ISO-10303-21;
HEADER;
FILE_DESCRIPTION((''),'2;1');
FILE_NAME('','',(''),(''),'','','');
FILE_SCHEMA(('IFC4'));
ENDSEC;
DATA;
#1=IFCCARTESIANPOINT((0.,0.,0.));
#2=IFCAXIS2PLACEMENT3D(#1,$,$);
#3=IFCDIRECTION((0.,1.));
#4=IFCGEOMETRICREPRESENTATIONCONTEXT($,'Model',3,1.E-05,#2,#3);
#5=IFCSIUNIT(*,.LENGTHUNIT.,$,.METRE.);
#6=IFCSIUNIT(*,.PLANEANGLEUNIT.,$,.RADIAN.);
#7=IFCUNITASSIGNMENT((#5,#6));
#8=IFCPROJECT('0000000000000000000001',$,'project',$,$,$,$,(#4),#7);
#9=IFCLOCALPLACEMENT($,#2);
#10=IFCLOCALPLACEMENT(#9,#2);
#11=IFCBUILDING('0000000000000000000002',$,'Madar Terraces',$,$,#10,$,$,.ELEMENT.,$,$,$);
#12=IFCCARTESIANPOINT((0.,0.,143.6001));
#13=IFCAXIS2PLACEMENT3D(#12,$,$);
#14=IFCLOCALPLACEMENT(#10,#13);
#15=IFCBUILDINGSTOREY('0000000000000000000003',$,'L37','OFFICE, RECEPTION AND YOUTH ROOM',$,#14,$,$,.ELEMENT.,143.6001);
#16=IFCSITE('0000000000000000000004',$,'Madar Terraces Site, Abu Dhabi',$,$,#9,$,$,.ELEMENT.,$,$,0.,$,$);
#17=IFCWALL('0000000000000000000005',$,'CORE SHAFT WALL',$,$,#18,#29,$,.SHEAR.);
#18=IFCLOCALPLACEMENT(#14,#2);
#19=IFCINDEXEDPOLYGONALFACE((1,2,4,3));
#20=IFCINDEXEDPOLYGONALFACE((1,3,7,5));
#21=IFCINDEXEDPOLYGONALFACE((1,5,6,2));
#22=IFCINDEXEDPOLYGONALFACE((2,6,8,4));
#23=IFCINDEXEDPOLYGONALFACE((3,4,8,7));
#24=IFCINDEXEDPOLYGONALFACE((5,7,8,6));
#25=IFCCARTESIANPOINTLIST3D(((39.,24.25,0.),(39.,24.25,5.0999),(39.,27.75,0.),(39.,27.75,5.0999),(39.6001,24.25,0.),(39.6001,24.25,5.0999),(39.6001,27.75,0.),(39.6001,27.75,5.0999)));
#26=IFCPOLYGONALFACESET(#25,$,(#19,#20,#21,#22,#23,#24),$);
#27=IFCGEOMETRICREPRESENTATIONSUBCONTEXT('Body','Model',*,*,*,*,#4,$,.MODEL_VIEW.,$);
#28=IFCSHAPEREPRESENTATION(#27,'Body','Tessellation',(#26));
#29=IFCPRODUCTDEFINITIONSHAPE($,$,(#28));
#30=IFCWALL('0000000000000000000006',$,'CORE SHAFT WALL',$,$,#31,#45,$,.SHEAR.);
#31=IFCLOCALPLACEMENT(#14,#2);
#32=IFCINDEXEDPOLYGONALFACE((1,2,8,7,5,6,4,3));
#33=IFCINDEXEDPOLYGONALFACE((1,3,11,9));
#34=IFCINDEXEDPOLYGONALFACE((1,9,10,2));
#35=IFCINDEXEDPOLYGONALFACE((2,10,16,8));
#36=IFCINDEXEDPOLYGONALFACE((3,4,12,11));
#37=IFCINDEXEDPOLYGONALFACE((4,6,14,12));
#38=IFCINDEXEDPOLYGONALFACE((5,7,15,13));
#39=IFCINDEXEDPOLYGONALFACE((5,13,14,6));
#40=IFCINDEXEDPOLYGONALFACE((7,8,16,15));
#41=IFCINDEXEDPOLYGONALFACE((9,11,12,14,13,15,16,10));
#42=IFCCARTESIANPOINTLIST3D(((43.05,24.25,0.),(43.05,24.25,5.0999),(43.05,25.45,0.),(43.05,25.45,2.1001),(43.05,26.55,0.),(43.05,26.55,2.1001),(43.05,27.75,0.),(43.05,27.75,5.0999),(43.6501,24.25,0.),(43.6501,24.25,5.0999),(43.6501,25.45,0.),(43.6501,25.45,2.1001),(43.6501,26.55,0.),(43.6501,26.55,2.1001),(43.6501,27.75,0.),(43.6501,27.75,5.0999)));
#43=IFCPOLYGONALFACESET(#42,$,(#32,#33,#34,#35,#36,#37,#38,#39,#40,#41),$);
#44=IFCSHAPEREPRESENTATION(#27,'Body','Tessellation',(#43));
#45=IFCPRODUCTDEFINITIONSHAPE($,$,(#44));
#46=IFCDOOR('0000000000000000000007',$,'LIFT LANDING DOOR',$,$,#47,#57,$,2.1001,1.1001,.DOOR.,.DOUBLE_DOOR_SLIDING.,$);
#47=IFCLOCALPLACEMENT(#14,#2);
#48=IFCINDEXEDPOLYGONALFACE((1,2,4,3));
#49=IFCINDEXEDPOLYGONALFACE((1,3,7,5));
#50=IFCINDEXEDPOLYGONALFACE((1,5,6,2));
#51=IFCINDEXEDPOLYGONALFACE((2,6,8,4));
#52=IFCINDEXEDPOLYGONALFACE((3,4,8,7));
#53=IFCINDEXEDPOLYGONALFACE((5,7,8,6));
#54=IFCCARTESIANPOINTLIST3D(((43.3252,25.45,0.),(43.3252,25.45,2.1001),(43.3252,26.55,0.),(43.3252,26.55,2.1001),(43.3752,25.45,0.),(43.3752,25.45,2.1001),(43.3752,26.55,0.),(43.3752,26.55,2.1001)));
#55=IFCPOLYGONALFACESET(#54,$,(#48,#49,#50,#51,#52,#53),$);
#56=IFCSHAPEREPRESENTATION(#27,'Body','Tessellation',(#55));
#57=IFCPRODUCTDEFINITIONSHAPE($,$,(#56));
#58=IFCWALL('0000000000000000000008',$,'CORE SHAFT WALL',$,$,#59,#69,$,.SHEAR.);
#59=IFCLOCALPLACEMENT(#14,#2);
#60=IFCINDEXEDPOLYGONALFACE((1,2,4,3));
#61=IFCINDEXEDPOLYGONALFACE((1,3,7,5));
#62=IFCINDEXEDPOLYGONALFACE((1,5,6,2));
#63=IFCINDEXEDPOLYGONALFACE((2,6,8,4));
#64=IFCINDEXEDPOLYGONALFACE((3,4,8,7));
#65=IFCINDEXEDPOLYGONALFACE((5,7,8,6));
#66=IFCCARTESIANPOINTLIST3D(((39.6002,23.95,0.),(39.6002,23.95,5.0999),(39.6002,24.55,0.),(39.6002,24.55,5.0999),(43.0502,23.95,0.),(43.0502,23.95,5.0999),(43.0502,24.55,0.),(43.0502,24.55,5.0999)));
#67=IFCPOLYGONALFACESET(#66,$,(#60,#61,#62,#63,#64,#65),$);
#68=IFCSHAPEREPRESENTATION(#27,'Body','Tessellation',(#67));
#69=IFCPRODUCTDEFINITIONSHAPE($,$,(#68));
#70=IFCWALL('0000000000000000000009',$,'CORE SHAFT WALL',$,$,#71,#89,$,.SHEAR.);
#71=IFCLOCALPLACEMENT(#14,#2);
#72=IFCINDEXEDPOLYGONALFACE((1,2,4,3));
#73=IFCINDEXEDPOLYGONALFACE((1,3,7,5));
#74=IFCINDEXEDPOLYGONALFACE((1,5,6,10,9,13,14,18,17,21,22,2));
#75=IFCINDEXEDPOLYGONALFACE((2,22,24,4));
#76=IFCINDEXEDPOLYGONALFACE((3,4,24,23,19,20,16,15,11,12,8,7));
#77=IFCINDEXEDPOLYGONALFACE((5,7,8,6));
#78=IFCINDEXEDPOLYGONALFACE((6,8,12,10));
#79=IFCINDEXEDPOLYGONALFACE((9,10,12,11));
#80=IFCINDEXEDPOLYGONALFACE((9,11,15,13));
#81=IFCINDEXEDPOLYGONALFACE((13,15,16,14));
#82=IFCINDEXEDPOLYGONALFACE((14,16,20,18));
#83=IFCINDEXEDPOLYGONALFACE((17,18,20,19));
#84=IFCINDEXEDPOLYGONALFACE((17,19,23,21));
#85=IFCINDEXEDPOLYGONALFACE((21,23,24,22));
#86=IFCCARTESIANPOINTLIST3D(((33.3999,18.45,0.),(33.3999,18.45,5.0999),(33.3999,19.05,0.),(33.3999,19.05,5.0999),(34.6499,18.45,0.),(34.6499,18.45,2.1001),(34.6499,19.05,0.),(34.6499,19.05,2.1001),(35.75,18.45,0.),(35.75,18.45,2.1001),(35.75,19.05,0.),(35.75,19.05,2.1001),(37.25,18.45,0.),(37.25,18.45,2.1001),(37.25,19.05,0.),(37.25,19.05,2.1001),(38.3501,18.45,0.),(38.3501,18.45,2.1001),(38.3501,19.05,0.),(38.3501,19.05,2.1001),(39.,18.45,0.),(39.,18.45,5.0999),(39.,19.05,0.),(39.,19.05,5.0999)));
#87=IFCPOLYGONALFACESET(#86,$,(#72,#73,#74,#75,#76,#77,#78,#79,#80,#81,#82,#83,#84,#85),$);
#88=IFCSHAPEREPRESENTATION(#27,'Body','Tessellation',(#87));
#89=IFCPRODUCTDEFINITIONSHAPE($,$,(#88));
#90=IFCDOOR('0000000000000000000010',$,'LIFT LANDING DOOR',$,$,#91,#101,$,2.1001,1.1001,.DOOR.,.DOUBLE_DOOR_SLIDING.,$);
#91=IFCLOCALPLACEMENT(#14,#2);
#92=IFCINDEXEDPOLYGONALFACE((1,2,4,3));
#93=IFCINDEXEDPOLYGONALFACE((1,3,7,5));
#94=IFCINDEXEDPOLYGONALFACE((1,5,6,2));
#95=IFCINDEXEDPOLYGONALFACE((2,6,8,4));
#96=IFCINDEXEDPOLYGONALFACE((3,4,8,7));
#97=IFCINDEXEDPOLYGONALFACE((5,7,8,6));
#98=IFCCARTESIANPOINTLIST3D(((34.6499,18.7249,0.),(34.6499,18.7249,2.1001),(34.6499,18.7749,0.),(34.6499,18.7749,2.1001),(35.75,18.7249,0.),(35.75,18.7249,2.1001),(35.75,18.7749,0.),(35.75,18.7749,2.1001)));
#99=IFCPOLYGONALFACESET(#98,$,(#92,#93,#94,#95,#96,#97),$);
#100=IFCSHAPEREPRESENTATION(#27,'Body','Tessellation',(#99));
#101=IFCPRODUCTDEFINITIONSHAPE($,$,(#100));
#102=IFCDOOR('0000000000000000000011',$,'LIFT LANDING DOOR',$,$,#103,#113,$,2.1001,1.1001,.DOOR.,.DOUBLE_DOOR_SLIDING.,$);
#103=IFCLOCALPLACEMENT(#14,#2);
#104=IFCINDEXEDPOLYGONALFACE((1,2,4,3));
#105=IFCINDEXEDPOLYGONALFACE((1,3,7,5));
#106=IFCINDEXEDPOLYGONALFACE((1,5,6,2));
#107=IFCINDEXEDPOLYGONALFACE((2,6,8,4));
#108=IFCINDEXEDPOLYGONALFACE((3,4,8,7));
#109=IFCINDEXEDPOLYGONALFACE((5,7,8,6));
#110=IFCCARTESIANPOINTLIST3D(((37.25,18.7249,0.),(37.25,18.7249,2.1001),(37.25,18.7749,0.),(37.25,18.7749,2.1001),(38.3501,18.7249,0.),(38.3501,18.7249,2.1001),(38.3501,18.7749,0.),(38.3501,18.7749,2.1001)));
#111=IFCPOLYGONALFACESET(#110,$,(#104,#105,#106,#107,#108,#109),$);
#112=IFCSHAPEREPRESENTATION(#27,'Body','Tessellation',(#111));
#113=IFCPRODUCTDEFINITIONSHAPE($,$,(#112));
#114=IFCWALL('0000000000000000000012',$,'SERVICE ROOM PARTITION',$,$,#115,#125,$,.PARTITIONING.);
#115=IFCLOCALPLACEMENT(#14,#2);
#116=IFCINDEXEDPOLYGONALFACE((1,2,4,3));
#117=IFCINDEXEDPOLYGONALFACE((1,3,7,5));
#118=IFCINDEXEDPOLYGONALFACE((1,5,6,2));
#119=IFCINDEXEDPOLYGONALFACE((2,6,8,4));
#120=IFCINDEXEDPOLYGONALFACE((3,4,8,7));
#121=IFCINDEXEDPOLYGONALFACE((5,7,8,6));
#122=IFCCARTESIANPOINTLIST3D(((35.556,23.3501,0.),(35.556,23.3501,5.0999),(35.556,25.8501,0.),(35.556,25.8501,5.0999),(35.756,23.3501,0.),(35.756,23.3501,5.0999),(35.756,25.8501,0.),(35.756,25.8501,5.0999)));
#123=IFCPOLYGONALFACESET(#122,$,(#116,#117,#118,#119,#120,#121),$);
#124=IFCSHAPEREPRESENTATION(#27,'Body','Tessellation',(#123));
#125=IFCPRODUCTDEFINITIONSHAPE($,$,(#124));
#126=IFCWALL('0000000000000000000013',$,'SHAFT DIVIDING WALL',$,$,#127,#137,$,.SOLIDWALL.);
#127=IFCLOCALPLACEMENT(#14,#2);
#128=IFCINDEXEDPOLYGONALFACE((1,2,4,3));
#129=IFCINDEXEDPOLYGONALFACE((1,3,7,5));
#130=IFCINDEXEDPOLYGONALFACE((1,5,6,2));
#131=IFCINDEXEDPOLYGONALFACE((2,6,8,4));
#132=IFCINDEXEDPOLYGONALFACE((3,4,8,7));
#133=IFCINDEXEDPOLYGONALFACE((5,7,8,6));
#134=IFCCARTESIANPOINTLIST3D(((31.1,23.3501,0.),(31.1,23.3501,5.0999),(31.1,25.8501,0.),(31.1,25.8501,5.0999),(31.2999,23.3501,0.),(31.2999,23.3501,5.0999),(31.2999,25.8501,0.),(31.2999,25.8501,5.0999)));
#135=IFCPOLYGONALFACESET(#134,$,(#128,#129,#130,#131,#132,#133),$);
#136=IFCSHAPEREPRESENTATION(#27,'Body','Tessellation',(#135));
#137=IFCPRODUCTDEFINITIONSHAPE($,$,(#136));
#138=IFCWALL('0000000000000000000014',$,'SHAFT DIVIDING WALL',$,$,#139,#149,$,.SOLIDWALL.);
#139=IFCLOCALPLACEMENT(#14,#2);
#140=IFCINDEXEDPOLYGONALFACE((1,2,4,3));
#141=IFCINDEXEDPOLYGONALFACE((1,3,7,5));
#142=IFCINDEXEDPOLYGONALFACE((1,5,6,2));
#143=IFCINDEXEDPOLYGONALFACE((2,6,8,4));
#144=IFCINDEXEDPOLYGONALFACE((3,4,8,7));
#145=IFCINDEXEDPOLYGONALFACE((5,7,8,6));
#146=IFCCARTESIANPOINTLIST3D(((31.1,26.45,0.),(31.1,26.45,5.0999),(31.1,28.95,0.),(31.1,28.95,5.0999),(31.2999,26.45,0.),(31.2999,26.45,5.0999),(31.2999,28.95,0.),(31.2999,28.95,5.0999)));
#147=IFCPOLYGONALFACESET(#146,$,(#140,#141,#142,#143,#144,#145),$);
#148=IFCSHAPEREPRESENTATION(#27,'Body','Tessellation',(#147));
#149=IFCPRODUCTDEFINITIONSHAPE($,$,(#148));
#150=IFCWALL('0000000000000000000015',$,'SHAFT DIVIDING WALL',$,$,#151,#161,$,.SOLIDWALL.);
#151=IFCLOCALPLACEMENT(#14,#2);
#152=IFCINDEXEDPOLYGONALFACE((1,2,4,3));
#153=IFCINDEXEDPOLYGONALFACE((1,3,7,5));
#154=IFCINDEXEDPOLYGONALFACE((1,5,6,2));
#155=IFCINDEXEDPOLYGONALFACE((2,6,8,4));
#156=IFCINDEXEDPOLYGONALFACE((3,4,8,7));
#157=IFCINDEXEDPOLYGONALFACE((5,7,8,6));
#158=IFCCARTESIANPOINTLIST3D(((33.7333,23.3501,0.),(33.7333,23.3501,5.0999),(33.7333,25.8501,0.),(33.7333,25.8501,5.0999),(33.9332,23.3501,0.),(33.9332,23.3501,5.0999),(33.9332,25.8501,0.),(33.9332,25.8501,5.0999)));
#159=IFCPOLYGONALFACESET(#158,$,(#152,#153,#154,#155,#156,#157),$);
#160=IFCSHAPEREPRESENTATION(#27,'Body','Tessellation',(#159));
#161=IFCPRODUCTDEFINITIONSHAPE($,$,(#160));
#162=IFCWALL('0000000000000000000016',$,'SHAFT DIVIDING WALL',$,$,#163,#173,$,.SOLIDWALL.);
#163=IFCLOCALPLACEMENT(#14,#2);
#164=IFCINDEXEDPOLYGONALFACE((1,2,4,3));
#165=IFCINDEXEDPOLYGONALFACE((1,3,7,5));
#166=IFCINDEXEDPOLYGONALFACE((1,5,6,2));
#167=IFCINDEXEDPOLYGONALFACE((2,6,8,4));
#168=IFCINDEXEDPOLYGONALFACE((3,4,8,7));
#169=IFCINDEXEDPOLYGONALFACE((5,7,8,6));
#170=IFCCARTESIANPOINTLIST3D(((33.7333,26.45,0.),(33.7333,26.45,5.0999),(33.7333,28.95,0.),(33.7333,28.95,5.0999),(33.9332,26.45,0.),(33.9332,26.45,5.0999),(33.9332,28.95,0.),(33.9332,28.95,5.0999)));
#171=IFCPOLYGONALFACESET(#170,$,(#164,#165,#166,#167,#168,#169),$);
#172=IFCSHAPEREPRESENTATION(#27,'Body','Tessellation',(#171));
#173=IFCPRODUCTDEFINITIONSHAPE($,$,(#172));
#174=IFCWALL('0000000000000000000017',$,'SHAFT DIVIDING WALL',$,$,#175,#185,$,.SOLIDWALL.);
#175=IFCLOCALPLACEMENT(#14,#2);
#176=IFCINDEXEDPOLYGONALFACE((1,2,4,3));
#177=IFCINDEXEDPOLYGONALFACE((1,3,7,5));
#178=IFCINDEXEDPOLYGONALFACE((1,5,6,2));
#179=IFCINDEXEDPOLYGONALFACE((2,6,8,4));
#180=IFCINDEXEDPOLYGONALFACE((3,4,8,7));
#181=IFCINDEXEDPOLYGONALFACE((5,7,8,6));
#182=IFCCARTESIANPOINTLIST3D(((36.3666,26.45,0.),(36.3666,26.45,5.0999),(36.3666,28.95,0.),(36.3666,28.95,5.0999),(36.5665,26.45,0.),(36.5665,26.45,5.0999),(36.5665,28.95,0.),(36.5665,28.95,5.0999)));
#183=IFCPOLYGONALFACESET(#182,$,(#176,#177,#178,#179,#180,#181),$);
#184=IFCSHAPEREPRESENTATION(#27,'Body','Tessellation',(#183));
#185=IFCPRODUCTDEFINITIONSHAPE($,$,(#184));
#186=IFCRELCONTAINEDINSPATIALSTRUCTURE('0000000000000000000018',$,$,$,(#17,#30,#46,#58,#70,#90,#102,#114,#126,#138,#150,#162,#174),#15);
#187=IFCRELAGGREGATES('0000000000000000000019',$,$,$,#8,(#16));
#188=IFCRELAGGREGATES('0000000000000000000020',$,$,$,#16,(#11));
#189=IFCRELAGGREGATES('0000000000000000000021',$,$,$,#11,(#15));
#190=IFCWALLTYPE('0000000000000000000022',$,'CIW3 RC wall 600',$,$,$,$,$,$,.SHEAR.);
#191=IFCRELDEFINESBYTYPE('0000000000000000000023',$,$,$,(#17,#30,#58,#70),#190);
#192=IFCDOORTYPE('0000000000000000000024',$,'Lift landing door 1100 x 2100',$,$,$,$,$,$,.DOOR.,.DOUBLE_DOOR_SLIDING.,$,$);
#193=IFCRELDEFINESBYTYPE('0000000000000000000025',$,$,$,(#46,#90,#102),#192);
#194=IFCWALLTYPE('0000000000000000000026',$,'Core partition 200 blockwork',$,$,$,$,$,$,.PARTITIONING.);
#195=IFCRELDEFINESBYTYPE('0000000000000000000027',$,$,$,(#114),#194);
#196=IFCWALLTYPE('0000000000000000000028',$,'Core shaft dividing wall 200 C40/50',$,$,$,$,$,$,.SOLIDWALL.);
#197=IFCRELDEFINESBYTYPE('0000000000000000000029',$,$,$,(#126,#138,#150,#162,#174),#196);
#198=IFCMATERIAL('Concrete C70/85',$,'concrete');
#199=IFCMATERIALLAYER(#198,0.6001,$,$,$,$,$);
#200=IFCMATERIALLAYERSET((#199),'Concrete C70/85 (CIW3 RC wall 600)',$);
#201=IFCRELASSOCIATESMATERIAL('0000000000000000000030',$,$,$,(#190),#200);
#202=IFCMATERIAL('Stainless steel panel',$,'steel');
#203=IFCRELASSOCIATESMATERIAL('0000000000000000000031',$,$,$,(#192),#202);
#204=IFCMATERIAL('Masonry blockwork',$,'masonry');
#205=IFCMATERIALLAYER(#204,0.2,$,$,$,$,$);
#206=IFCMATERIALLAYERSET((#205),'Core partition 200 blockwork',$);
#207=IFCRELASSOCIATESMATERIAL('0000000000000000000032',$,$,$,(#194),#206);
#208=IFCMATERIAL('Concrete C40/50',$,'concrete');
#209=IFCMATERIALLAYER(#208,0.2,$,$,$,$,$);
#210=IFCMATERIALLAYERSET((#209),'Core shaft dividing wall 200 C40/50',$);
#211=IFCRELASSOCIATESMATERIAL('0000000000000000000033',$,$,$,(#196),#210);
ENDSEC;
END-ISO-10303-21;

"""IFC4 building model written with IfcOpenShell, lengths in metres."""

from ifc_helpers import new_model, si_unit, direction, frame, frame_2d, origin, place, context, subcontext, project, spatial, rectangle, extrude, material, layer, layer_set, type_object, element, fill, save


model = new_model("IFC4")

# Units and contexts
model_context = context("Model", 3, precision=1e-05, world=origin(), true_north=direction((0.0, 1.0)))
body_context = subcontext(model_context, "Body", "Model", "MODEL_VIEW")
ifc_project = project(units=[si_unit("LENGTHUNIT", "METRE"), si_unit("PLANEANGLEUNIT", "RADIAN")], contexts=[model_context])

# Site, building, storey
site_placement = place(None, origin())
site = spatial("IfcSite", under=ifc_project, at=site_placement, Name="Madar Terraces Site, Abu Dhabi", CompositionType="ELEMENT", RefElevation=0.0)
building_placement = place(site_placement, origin())
building = spatial("IfcBuilding", under=site, at=building_placement, Name="Madar Terraces", CompositionType="ELEMENT")
storey_placement = place(building_placement, frame((0.0, 0.0, 143.6001)))
storey = spatial("IfcBuildingStorey", under=building, at=storey_placement, Name="L37", Description="OFFICE, RECEPTION AND YOUTH ROOM", CompositionType="ELEMENT", Elevation=143.6001)

# Wall
ifc_material_1 = material(Name="Concrete C70/85", Category="concrete")
ifc_layer_1 = layer(ifc_material_1, 0.6001)
ifc_layer_set_1 = layer_set([ifc_layer_1], Name="Concrete C70/85 (CIW3 RC wall 600)")
wall_type_1 = type_object("IfcWallType", Name="CIW3 RC wall 600", PredefinedType="SHEAR", material=ifc_layer_set_1)
wall_1_placement = place(storey_placement, frame((39.3, 24.25, 0.0), z_axis=(0.0, 0.0, 1.0), x_axis=(0.0, 1.0, 0.0)))
element("IfcWall", 1, at=wall_1_placement, inside=storey, type_object=wall_type_1, Name="CORE SHAFT WALL", PredefinedType="SHEAR", context=body_context, shape_type="SweptSolid", body=[
    extrude(rectangle(XDim=3.5, YDim=0.6001, at=frame_2d((1.75, 0.0))), origin(), (0.0, 0.0, 1.0), 5.0999),
])

# Wall, opening, door
wall_2_placement = place(storey_placement, frame((43.3501, 24.25, 0.0), z_axis=(0.0, 0.0, 1.0), x_axis=(0.0, 1.0, 0.0)))
wall_2 = element("IfcWall", 2, at=wall_2_placement, inside=storey, type_object=wall_type_1, Name="CORE SHAFT WALL", PredefinedType="SHEAR", context=body_context, shape_type="SweptSolid", body=[
    extrude(rectangle(XDim=3.5, YDim=0.6001, at=frame_2d((1.75, 0.0))), origin(), (0.0, 0.0, 1.0), 5.0999),
])
opening_1_placement = place(wall_2_placement, frame((1.2, 0.0, 0.0)))
opening_1 = element("IfcOpeningElement", 3, at=opening_1_placement, cuts=wall_2, PredefinedType="OPENING", context=body_context, shape_type="SweptSolid", body=[
    extrude(rectangle(XDim=1.1001, YDim=2.1001, at=frame_2d((0.55, 1.05))), frame((0.0, 0.3101, 0.0), z_axis=(0.0, -1.0, 0.0), x_axis=(1.0, 0.0, 0.0)), (0.0, 0.0, 1.0), 0.6201),
])
ifc_material_2 = material(Name="Stainless steel panel", Category="steel")
door_type = type_object("IfcDoorType", Name="Lift landing door 1100 x 2100", OperationType="DOUBLE_DOOR_SLIDING", PredefinedType="DOOR", material=ifc_material_2)
door_1_placement = place(opening_1_placement, origin())
door_1 = element("IfcDoor", 4, at=door_1_placement, inside=storey, type_object=door_type, Name="LIFT LANDING DOOR", OperationType="DOUBLE_DOOR_SLIDING", OverallHeight=2.1001, OverallWidth=1.1001, PredefinedType="DOOR", context=body_context, shape_type="SweptSolid", body=[
    extrude(rectangle(XDim=1.1001, YDim=2.1001, at=frame_2d((0.55, 1.05))), frame((0.0, 0.0249, 0.0), z_axis=(0.0, -1.0, 0.0), x_axis=(1.0, 0.0, 0.0)), (0.0, 0.0, 1.0), 0.05),
])
fill(opening_1, door_1)

# Wall
wall_3_placement = place(storey_placement, frame((39.6001, 24.25, 0.0), z_axis=(0.0, 0.0, 1.0), x_axis=(1.0, 0.0, 0.0)))
element("IfcWall", 5, at=wall_3_placement, inside=storey, type_object=wall_type_1, Name="CORE SHAFT WALL", PredefinedType="SHEAR", context=body_context, shape_type="SweptSolid", body=[
    extrude(rectangle(XDim=3.45, YDim=0.6001, at=frame_2d((1.7251, 0.0))), origin(), (0.0, 0.0, 1.0), 5.0999),
])

# Wall, openings, doors
wall_4_placement = place(storey_placement, frame((33.3999, 18.75, 0.0), z_axis=(0.0, 0.0, 1.0), x_axis=(1.0, 0.0, 0.0)))
wall_4 = element("IfcWall", 6, at=wall_4_placement, inside=storey, type_object=wall_type_1, Name="CORE SHAFT WALL", PredefinedType="SHEAR", context=body_context, shape_type="SweptSolid", body=[
    extrude(rectangle(XDim=5.6001, YDim=0.6001, at=frame_2d((2.8, 0.0))), origin(), (0.0, 0.0, 1.0), 5.0999),
])
opening_2_placement = place(wall_4_placement, frame((1.25, 0.0, 0.0)))
opening_2 = element("IfcOpeningElement", 7, at=opening_2_placement, cuts=wall_4, PredefinedType="OPENING", context=body_context, shape_type="SweptSolid", body=[
    extrude(rectangle(XDim=1.1001, YDim=2.1001, at=frame_2d((0.55, 1.05))), frame((0.0, 0.3101, 0.0), z_axis=(0.0, -1.0, 0.0), x_axis=(1.0, 0.0, 0.0)), (0.0, 0.0, 1.0), 0.6201),
])
opening_3_placement = place(wall_4_placement, frame((3.8501, 0.0, 0.0)))
opening_3 = element("IfcOpeningElement", 8, at=opening_3_placement, cuts=wall_4, PredefinedType="OPENING", context=body_context, shape_type="SweptSolid", body=[
    extrude(rectangle(XDim=1.1001, YDim=2.1001, at=frame_2d((0.55, 1.05))), frame((0.0, 0.3101, 0.0), z_axis=(0.0, -1.0, 0.0), x_axis=(1.0, 0.0, 0.0)), (0.0, 0.0, 1.0), 0.6201),
])
door_2_placement = place(opening_2_placement, origin())
door_2 = element("IfcDoor", 9, at=door_2_placement, inside=storey, type_object=door_type, Name="LIFT LANDING DOOR", OperationType="DOUBLE_DOOR_SLIDING", OverallHeight=2.1001, OverallWidth=1.1001, PredefinedType="DOOR", context=body_context, shape_type="SweptSolid", body=[
    extrude(rectangle(XDim=1.1001, YDim=2.1001, at=frame_2d((0.55, 1.05))), frame((0.0, 0.0249, 0.0), z_axis=(0.0, -1.0, 0.0), x_axis=(1.0, 0.0, 0.0)), (0.0, 0.0, 1.0), 0.05),
])
fill(opening_2, door_2)
door_3_placement = place(opening_3_placement, origin())
door_3 = element("IfcDoor", 10, at=door_3_placement, inside=storey, type_object=door_type, Name="LIFT LANDING DOOR", OperationType="DOUBLE_DOOR_SLIDING", OverallHeight=2.1001, OverallWidth=1.1001, PredefinedType="DOOR", context=body_context, shape_type="SweptSolid", body=[
    extrude(rectangle(XDim=1.1001, YDim=2.1001, at=frame_2d((0.55, 1.05))), frame((0.0, 0.0249, 0.0), z_axis=(0.0, -1.0, 0.0), x_axis=(1.0, 0.0, 0.0)), (0.0, 0.0, 1.0), 0.05),
])
fill(opening_3, door_3)

# Walls
ifc_material_3 = material(Name="Masonry blockwork", Category="masonry")
ifc_layer_2 = layer(ifc_material_3, 0.2)
ifc_layer_set_2 = layer_set([ifc_layer_2], Name="Core partition 200 blockwork")
wall_type_2 = type_object("IfcWallType", Name="Core partition 200 blockwork", PredefinedType="PARTITIONING", material=ifc_layer_set_2)
wall_5_placement = place(storey_placement, frame((35.656, 23.3501, 0.0), z_axis=(0.0, 0.0, 1.0), x_axis=(0.0, 1.0, 0.0)))
element("IfcWall", 11, at=wall_5_placement, inside=storey, type_object=wall_type_2, Name="SERVICE ROOM PARTITION", PredefinedType="PARTITIONING", context=body_context, shape_type="SweptSolid", body=[
    extrude(rectangle(XDim=2.5, YDim=0.2, at=frame_2d((1.25, 0.0))), origin(), (0.0, 0.0, 1.0), 5.0999),
])
ifc_material_4 = material(Name="Concrete C40/50", Category="concrete")
ifc_layer_3 = layer(ifc_material_4, 0.2)
ifc_layer_set_3 = layer_set([ifc_layer_3], Name="Core shaft dividing wall 200 C40/50")
wall_type_3 = type_object("IfcWallType", Name="Core shaft dividing wall 200 C40/50", PredefinedType="SOLIDWALL", material=ifc_layer_set_3)
for number, where, z_axis, x_axis, name in (
    (12, (31.2, 23.3501, 0.0), (0.0, 0.0, 1.0), (0.0, 1.0, 0.0), "SHAFT DIVIDING WALL"),
    (13, (31.2, 26.45, 0.0), (0.0, 0.0, 1.0), (0.0, 1.0, 0.0), "SHAFT DIVIDING WALL"),
    (14, (33.8333, 23.3501, 0.0), (0.0, 0.0, 1.0), (0.0, 1.0, 0.0), "SHAFT DIVIDING WALL"),
    (15, (33.8333, 26.45, 0.0), (0.0, 0.0, 1.0), (0.0, 1.0, 0.0), "SHAFT DIVIDING WALL"),
    (16, (36.4666, 26.45, 0.0), (0.0, 0.0, 1.0), (0.0, 1.0, 0.0), "SHAFT DIVIDING WALL"),
):
    element("IfcWall", number, at=place(storey_placement, frame(where, z_axis=z_axis, x_axis=x_axis)), inside=storey, type_object=wall_type_3, Name=name, PredefinedType="SOLIDWALL", context=body_context, shape_type="SweptSolid", body=[
        extrude(rectangle(XDim=2.5, YDim=0.2, at=frame_2d((1.25, 0.0))), origin(), (0.0, 0.0, 1.0), 5.0999),
    ])

save(model, "model.ifc")
